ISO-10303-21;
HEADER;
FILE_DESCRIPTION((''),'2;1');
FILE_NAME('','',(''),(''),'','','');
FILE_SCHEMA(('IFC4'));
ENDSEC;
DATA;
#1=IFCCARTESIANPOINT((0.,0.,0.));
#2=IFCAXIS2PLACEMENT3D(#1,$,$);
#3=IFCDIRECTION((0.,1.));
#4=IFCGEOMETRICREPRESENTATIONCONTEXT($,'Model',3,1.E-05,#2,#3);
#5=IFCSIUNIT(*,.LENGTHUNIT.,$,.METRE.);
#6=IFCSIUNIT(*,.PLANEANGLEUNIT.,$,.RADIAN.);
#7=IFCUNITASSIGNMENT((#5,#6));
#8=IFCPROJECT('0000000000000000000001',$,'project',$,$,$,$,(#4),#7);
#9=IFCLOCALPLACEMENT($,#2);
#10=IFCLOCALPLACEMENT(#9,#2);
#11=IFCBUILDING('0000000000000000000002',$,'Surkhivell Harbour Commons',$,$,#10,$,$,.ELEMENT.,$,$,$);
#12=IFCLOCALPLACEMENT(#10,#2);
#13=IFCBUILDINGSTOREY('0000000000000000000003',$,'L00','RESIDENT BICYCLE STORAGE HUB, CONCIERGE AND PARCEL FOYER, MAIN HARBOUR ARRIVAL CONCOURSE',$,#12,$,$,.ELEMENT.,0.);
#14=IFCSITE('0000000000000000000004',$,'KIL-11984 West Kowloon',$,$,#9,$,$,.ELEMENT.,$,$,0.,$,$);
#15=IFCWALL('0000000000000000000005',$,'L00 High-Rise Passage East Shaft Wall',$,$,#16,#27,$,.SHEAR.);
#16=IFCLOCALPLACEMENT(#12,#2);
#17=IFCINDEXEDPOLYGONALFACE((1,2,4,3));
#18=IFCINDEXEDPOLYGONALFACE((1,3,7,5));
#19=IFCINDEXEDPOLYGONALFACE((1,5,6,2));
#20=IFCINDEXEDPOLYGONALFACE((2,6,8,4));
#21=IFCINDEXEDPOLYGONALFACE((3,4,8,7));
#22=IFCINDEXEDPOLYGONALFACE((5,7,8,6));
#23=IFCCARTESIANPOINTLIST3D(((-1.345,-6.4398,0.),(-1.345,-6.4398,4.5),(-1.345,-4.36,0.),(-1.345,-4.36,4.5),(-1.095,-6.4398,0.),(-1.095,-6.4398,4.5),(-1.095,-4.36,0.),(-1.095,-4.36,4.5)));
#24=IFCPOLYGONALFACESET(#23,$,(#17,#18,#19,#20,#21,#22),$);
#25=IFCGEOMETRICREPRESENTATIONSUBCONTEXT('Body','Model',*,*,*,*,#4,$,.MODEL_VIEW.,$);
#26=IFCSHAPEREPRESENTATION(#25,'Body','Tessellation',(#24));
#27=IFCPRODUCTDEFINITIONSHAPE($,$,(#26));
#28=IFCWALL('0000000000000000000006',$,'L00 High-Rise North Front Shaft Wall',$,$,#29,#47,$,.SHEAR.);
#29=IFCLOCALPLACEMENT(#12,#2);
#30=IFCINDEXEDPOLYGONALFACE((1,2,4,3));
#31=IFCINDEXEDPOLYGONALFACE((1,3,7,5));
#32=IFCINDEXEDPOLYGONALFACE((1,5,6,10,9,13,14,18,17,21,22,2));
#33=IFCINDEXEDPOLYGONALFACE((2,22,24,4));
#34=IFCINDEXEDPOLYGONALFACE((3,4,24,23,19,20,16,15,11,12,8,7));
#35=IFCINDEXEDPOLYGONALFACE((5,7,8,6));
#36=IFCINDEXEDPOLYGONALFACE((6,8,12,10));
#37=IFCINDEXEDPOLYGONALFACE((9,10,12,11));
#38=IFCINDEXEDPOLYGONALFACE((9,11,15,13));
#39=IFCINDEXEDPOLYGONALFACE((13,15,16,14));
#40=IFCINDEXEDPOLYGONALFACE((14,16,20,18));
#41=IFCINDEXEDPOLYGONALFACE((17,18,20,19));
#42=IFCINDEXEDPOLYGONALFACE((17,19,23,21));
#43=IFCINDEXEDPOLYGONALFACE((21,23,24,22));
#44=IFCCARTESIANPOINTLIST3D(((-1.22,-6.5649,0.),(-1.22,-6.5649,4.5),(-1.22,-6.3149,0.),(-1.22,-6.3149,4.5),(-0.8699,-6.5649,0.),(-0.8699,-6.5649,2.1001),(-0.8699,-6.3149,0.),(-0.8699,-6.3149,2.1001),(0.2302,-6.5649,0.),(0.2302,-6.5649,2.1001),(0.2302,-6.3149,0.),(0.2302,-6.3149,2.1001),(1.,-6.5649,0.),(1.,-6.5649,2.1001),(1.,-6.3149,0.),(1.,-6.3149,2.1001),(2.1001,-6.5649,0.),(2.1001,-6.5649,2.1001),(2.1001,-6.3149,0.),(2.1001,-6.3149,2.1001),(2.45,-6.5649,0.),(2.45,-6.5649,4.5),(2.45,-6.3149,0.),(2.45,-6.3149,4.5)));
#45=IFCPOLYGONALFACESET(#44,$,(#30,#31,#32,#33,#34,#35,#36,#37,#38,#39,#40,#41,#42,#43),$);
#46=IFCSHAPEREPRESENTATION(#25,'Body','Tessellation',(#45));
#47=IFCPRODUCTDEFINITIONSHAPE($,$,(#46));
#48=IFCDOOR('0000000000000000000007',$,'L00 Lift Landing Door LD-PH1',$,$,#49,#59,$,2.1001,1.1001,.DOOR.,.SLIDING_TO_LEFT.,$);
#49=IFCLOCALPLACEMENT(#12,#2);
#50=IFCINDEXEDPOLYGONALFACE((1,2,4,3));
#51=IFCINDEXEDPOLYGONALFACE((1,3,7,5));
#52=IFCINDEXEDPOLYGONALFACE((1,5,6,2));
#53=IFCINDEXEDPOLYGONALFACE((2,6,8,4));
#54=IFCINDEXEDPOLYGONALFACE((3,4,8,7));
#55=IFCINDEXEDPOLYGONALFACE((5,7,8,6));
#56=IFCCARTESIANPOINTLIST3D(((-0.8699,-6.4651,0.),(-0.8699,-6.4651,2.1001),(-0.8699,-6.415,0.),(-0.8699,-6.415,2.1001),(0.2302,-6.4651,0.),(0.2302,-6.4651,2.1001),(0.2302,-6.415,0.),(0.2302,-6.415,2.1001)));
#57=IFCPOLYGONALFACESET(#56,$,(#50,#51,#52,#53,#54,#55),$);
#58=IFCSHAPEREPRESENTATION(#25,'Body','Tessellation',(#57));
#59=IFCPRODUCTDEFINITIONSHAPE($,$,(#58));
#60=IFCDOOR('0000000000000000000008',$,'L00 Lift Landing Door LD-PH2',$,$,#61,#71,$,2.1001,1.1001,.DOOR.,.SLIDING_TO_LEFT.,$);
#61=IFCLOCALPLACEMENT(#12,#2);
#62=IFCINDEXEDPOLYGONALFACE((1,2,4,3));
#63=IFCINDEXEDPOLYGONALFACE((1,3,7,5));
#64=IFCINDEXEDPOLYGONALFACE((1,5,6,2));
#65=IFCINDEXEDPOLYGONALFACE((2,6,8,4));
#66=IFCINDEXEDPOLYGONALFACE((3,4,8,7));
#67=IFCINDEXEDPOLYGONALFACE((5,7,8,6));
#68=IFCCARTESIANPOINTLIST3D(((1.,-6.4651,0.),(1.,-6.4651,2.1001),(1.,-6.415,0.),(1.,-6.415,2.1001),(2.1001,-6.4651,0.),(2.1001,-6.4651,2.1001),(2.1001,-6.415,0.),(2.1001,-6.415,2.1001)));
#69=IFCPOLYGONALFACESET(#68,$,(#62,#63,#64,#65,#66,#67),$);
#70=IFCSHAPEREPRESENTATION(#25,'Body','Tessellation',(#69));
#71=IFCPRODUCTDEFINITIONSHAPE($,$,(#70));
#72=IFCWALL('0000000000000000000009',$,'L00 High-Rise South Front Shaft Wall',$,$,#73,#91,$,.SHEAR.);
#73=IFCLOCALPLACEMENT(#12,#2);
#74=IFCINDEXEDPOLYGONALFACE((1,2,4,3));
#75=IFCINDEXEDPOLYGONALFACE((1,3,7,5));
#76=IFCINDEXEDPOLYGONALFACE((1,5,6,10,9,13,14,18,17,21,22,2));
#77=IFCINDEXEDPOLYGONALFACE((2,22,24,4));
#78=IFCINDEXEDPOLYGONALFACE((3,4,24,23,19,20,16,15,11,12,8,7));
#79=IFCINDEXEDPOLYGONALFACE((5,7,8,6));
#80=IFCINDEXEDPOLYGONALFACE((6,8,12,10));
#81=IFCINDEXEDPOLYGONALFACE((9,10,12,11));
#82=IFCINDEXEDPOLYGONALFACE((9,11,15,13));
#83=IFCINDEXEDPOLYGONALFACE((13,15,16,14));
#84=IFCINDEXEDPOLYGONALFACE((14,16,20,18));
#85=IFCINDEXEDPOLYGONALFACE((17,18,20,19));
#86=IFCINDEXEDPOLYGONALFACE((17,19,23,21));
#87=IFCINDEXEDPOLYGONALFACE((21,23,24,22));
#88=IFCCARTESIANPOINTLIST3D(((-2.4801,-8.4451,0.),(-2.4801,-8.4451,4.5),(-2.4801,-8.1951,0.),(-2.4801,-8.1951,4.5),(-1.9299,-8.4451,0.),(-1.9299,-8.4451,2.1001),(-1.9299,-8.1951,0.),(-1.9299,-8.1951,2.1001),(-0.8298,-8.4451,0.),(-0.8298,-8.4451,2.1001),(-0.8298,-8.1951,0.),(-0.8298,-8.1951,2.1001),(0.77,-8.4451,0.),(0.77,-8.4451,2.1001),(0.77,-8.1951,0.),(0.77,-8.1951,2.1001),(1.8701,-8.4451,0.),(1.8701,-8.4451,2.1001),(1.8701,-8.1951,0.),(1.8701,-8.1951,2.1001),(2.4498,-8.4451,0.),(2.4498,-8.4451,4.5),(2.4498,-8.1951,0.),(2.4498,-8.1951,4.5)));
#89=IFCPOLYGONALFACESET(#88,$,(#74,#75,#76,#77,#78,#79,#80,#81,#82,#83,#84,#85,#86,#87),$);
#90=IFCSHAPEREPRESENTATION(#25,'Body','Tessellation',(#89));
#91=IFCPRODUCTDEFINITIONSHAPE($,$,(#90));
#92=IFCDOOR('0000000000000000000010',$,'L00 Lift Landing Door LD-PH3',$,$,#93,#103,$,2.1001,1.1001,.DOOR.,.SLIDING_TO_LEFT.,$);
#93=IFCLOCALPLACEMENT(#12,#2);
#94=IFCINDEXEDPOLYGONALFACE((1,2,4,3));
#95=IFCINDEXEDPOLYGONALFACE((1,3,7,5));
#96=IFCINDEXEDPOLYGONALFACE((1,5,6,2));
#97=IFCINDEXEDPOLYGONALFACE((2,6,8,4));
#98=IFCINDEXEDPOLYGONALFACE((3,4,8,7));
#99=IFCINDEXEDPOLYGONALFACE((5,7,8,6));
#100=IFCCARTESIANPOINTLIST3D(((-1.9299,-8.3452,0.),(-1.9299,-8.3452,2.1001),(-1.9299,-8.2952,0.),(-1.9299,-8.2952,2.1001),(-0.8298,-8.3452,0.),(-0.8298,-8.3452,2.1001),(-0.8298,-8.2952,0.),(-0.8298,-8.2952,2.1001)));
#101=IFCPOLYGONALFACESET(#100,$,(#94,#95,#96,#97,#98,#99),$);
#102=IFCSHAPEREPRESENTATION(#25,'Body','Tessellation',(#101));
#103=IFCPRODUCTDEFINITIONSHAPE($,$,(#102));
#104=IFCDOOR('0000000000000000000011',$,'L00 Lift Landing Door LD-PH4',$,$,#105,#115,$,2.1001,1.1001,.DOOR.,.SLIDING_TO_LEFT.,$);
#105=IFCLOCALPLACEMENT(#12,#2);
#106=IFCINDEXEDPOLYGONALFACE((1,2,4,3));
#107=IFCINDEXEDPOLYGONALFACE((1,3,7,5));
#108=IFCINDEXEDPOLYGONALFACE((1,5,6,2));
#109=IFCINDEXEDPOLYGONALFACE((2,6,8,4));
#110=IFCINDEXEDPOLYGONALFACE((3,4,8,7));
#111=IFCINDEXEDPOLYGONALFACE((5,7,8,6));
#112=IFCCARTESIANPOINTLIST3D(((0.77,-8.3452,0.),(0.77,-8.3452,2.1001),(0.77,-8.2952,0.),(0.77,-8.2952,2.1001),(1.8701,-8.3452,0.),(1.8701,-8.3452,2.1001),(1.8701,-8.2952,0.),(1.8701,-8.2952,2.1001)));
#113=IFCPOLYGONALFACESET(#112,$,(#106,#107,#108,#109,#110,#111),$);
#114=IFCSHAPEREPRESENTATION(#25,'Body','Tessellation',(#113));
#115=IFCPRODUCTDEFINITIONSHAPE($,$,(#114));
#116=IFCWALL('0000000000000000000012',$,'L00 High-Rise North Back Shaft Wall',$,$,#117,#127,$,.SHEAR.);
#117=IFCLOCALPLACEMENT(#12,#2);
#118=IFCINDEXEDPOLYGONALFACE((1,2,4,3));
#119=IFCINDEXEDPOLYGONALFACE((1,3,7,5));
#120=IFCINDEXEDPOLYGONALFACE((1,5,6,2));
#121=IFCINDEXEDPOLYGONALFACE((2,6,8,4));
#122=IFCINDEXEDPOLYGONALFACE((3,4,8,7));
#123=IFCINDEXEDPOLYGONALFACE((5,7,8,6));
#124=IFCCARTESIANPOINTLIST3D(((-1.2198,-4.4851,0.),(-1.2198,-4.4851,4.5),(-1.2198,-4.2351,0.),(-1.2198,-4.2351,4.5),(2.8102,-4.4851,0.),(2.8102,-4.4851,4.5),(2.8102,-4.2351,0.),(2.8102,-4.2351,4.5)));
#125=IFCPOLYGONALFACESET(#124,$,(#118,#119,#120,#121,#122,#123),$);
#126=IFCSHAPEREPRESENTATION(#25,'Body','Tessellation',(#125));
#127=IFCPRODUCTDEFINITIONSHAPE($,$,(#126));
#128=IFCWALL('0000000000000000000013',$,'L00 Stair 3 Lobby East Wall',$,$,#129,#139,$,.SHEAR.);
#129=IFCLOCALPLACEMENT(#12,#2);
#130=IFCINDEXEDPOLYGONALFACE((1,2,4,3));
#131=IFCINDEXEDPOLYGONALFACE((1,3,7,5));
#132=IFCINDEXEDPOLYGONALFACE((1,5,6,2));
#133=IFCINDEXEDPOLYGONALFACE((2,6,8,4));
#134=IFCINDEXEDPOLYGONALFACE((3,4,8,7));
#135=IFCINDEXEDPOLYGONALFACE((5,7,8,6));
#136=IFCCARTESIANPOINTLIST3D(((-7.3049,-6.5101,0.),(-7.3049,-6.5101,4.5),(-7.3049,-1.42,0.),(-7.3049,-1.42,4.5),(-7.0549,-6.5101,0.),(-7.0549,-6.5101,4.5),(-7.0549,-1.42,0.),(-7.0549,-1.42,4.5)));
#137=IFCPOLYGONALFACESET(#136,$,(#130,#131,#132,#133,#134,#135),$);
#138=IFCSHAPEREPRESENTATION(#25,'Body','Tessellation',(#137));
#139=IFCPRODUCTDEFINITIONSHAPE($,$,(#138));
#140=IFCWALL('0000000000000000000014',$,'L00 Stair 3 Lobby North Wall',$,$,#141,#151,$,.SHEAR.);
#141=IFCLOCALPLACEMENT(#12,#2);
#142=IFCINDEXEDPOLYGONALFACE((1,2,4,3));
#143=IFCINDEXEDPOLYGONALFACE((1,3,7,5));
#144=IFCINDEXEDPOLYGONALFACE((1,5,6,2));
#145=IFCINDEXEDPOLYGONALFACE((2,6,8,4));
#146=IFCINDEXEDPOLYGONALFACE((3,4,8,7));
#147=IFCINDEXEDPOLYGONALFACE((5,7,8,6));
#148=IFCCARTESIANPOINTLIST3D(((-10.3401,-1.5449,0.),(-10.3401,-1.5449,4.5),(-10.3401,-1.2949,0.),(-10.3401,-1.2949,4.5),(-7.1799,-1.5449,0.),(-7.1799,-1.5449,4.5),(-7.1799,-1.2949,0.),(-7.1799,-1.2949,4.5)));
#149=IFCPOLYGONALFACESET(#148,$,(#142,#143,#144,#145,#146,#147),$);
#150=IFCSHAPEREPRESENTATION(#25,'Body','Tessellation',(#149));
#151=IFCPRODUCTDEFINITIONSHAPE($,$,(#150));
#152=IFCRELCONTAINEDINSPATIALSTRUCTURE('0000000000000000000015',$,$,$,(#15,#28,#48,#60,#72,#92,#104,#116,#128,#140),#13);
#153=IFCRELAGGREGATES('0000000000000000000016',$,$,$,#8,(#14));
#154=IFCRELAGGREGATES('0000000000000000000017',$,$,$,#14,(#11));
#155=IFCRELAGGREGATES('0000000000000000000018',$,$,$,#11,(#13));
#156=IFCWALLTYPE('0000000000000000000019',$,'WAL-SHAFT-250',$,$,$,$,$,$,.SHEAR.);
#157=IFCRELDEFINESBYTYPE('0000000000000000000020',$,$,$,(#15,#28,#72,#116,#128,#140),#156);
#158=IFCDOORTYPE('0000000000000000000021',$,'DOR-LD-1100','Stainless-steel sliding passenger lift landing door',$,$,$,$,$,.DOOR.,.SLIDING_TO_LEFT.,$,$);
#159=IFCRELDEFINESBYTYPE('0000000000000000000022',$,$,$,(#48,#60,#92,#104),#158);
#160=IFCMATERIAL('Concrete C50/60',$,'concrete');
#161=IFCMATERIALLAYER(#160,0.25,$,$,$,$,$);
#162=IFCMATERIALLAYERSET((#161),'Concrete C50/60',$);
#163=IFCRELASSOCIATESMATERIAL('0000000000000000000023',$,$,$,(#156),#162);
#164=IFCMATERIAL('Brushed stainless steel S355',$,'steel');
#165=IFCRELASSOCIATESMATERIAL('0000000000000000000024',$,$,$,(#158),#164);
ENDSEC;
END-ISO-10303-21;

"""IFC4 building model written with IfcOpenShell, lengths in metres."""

from ifc_helpers import new_model, si_unit, direction, frame, frame_2d, origin, place, context, subcontext, project, spatial, rectangle, extrude, material, layer, layer_set, type_object, element, fill, save


model = new_model("IFC4")

# Units and contexts
model_context = context("Model", 3, precision=1e-05, world=origin(), true_north=direction((0.0, 1.0)))
body_context = subcontext(model_context, "Body", "Model", "MODEL_VIEW")
ifc_project = project(units=[si_unit("LENGTHUNIT", "METRE"), si_unit("PLANEANGLEUNIT", "RADIAN")], contexts=[model_context])

# Site, building, storey
site_placement = place(None, origin())
site = spatial("IfcSite", under=ifc_project, at=site_placement, Name="KIL-11984 West Kowloon", CompositionType="ELEMENT", RefElevation=0.0)
building_placement = place(site_placement, origin())
building = spatial("IfcBuilding", under=site, at=building_placement, Name="Surkhivell Harbour Commons", CompositionType="ELEMENT")
storey_placement = place(building_placement, origin())
storey = spatial("IfcBuildingStorey", under=building, at=storey_placement, Name="L00", Description="RESIDENT BICYCLE STORAGE HUB, CONCIERGE AND PARCEL FOYER, MAIN HARBOUR ARRIVAL CONCOURSE", CompositionType="ELEMENT", Elevation=0.0)

# Wall
ifc_material_1 = material(Name="Concrete C50/60", Category="concrete")
ifc_layer_1 = layer(ifc_material_1, 0.25)
ifc_layer_set_1 = layer_set([ifc_layer_1], Name="Concrete C50/60")
wall_type_1 = type_object("IfcWallType", Name="WAL-SHAFT-250", PredefinedType="SHEAR", material=ifc_layer_set_1)
wall_1_placement = place(storey_placement, frame((-1.22, -6.4399, 0.0), z_axis=(0.0, 0.0, 1.0), x_axis=(0.0, 1.0, 0.0)))
element("IfcWall", 1, at=wall_1_placement, inside=storey, type_object=wall_type_1, Name="L00 High-Rise Passage East Shaft Wall", PredefinedType="SHEAR", context=body_context, shape_type="SweptSolid", body=[
    extrude(rectangle(XDim=2.0798, YDim=0.25, at=frame_2d((1.04, 0.0))), origin(), (0.0, 0.0, 1.0), 4.5),
])

# Walls, openings, doors
wall_2_placement = place(storey_placement, frame((-1.22, -6.4399, 0.0), z_axis=(0.0, 0.0, 1.0), x_axis=(1.0, 0.0, 0.0)))
wall_2 = element("IfcWall", 2, at=wall_2_placement, inside=storey, type_object=wall_type_1, Name="L00 High-Rise North Front Shaft Wall", PredefinedType="SHEAR", context=body_context, shape_type="SweptSolid", body=[
    extrude(rectangle(XDim=3.6699, YDim=0.25, at=frame_2d((1.835, 0.0))), origin(), (0.0, 0.0, 1.0), 4.5),
])
opening_1_placement = place(wall_2_placement, frame((0.3501, 0.0, 0.0)))
opening_1 = element("IfcOpeningElement", 3, at=opening_1_placement, cuts=wall_2, PredefinedType="OPENING", context=body_context, shape_type="SweptSolid", body=[
    extrude(rectangle(XDim=1.1001, YDim=2.1001, at=frame_2d((0.55, 1.05))), frame((0.0, 0.135, 0.0), z_axis=(0.0, -1.0, 0.0), x_axis=(1.0, 0.0, 0.0)), (0.0, 0.0, 1.0), 0.27),
])
opening_2_placement = place(wall_2_placement, frame((2.22, 0.0, 0.0)))
opening_2 = element("IfcOpeningElement", 4, at=opening_2_placement, cuts=wall_2, PredefinedType="OPENING", context=body_context, shape_type="SweptSolid", body=[
    extrude(rectangle(XDim=1.1001, YDim=2.1001, at=frame_2d((0.55, 1.05))), frame((0.0, 0.135, 0.0), z_axis=(0.0, -1.0, 0.0), x_axis=(1.0, 0.0, 0.0)), (0.0, 0.0, 1.0), 0.27),
])
ifc_material_2 = material(Name="Brushed stainless steel S355", Category="steel")
door_type_1 = type_object("IfcDoorType", Name="DOR-LD-1100", Description="Stainless-steel sliding passenger lift landing door", OperationType="SLIDING_TO_LEFT", PredefinedType="DOOR", material=ifc_material_2)
door_1_placement = place(opening_1_placement, origin())
door_1 = element("IfcDoor", 5, at=door_1_placement, inside=storey, type_object=door_type_1, Name="L00 Lift Landing Door LD-PH1", OperationType="SLIDING_TO_LEFT", OverallHeight=2.1001, OverallWidth=1.1001, PredefinedType="DOOR", context=body_context, shape_type="SweptSolid", body=[
    extrude(rectangle(XDim=1.1001, YDim=2.1001, at=frame_2d((0.55, 1.05))), frame((0.0, 0.0249, 0.0), z_axis=(0.0, -1.0, 0.0), x_axis=(1.0, 0.0, 0.0)), (0.0, 0.0, 1.0), 0.05),
])
fill(opening_1, door_1)
door_2_placement = place(opening_2_placement, origin())
door_2 = element("IfcDoor", 6, at=door_2_placement, inside=storey, type_object=door_type_1, Name="L00 Lift Landing Door LD-PH2", OperationType="SLIDING_TO_LEFT", OverallHeight=2.1001, OverallWidth=1.1001, PredefinedType="DOOR", context=body_context, shape_type="SweptSolid", body=[
    extrude(rectangle(XDim=1.1001, YDim=2.1001, at=frame_2d((0.55, 1.05))), frame((0.0, 0.0249, 0.0), z_axis=(0.0, -1.0, 0.0), x_axis=(1.0, 0.0, 0.0)), (0.0, 0.0, 1.0), 0.05),
])
fill(opening_2, door_2)
wall_3_placement = place(storey_placement, frame((-2.48, -8.3201, 0.0), z_axis=(0.0, 0.0, 1.0), x_axis=(1.0, 0.0, 0.0)))
wall_3 = element("IfcWall", 7, at=wall_3_placement, inside=storey, type_object=wall_type_1, Name="L00 High-Rise South Front Shaft Wall", PredefinedType="SHEAR", context=body_context, shape_type="SweptSolid", body=[
    extrude(rectangle(XDim=4.9299, YDim=0.25, at=frame_2d((2.4648, 0.0))), origin(), (0.0, 0.0, 1.0), 4.5),
])
opening_3_placement = place(wall_3_placement, frame((0.55, 0.0, 0.0)))
opening_3 = element("IfcOpeningElement", 8, at=opening_3_placement, cuts=wall_3, PredefinedType="OPENING", context=body_context, shape_type="SweptSolid", body=[
    extrude(rectangle(XDim=1.1001, YDim=2.1001, at=frame_2d((0.55, 1.05))), frame((0.0, 0.135, 0.0), z_axis=(0.0, -1.0, 0.0), x_axis=(1.0, 0.0, 0.0)), (0.0, 0.0, 1.0), 0.27),
])
opening_4_placement = place(wall_3_placement, frame((3.25, 0.0, 0.0)))
opening_4 = element("IfcOpeningElement", 9, at=opening_4_placement, cuts=wall_3, PredefinedType="OPENING", context=body_context, shape_type="SweptSolid", body=[
    extrude(rectangle(XDim=1.1001, YDim=2.1001, at=frame_2d((0.55, 1.05))), frame((0.0, 0.135, 0.0), z_axis=(0.0, -1.0, 0.0), x_axis=(1.0, 0.0, 0.0)), (0.0, 0.0, 1.0), 0.27),
])
door_3_placement = place(opening_3_placement, origin())
door_3 = element("IfcDoor", 10, at=door_3_placement, inside=storey, type_object=door_type_1, Name="L00 Lift Landing Door LD-PH3", OperationType="SLIDING_TO_LEFT", OverallHeight=2.1001, OverallWidth=1.1001, PredefinedType="DOOR", context=body_context, shape_type="SweptSolid", body=[
    extrude(rectangle(XDim=1.1001, YDim=2.1001, at=frame_2d((0.55, 1.05))), frame((0.0, 0.0249, 0.0), z_axis=(0.0, -1.0, 0.0), x_axis=(1.0, 0.0, 0.0)), (0.0, 0.0, 1.0), 0.05),
])
fill(opening_3, door_3)
door_4_placement = place(opening_4_placement, origin())
door_4 = element("IfcDoor", 11, at=door_4_placement, inside=storey, type_object=door_type_1, Name="L00 Lift Landing Door LD-PH4", OperationType="SLIDING_TO_LEFT", OverallHeight=2.1001, OverallWidth=1.1001, PredefinedType="DOOR", context=body_context, shape_type="SweptSolid", body=[
    extrude(rectangle(XDim=1.1001, YDim=2.1001, at=frame_2d((0.55, 1.05))), frame((0.0, 0.0249, 0.0), z_axis=(0.0, -1.0, 0.0), x_axis=(1.0, 0.0, 0.0)), (0.0, 0.0, 1.0), 0.05),
])
fill(opening_4, door_4)

# Walls
wall_4_placement = place(storey_placement, frame((-1.22, -4.3601, 0.0), z_axis=(0.0, 0.0, 1.0), x_axis=(1.0, 0.0, 0.0)))
element("IfcWall", 12, at=wall_4_placement, inside=storey, type_object=wall_type_1, Name="L00 High-Rise North Back Shaft Wall", PredefinedType="SHEAR", context=body_context, shape_type="SweptSolid", body=[
    extrude(rectangle(XDim=4.03, YDim=0.25, at=frame_2d((2.0151, 0.0))), origin(), (0.0, 0.0, 1.0), 4.5),
])
wall_5_placement = place(storey_placement, frame((-7.1799, -6.51, 0.0), z_axis=(0.0, 0.0, 1.0), x_axis=(0.0, 1.0, 0.0)))
element("IfcWall", 13, at=wall_5_placement, inside=storey, type_object=wall_type_1, Name="L00 Stair 3 Lobby East Wall", PredefinedType="SHEAR", context=body_context, shape_type="SweptSolid", body=[
    extrude(rectangle(XDim=5.0901, YDim=0.25, at=frame_2d((2.5449, 0.0))), origin(), (0.0, 0.0, 1.0), 4.5),
])
wall_6_placement = place(storey_placement, frame((-10.3401, -1.4199, 0.0), z_axis=(0.0, 0.0, 1.0), x_axis=(1.0, 0.0, 0.0)))
element("IfcWall", 14, at=wall_6_placement, inside=storey, type_object=wall_type_1, Name="L00 Stair 3 Lobby North Wall", PredefinedType="SHEAR", context=body_context, shape_type="SweptSolid", body=[
    extrude(rectangle(XDim=3.1602, YDim=0.25, at=frame_2d((1.5801, 0.0))), origin(), (0.0, 0.0, 1.0), 4.5),
])

save(model, "model.ifc")
